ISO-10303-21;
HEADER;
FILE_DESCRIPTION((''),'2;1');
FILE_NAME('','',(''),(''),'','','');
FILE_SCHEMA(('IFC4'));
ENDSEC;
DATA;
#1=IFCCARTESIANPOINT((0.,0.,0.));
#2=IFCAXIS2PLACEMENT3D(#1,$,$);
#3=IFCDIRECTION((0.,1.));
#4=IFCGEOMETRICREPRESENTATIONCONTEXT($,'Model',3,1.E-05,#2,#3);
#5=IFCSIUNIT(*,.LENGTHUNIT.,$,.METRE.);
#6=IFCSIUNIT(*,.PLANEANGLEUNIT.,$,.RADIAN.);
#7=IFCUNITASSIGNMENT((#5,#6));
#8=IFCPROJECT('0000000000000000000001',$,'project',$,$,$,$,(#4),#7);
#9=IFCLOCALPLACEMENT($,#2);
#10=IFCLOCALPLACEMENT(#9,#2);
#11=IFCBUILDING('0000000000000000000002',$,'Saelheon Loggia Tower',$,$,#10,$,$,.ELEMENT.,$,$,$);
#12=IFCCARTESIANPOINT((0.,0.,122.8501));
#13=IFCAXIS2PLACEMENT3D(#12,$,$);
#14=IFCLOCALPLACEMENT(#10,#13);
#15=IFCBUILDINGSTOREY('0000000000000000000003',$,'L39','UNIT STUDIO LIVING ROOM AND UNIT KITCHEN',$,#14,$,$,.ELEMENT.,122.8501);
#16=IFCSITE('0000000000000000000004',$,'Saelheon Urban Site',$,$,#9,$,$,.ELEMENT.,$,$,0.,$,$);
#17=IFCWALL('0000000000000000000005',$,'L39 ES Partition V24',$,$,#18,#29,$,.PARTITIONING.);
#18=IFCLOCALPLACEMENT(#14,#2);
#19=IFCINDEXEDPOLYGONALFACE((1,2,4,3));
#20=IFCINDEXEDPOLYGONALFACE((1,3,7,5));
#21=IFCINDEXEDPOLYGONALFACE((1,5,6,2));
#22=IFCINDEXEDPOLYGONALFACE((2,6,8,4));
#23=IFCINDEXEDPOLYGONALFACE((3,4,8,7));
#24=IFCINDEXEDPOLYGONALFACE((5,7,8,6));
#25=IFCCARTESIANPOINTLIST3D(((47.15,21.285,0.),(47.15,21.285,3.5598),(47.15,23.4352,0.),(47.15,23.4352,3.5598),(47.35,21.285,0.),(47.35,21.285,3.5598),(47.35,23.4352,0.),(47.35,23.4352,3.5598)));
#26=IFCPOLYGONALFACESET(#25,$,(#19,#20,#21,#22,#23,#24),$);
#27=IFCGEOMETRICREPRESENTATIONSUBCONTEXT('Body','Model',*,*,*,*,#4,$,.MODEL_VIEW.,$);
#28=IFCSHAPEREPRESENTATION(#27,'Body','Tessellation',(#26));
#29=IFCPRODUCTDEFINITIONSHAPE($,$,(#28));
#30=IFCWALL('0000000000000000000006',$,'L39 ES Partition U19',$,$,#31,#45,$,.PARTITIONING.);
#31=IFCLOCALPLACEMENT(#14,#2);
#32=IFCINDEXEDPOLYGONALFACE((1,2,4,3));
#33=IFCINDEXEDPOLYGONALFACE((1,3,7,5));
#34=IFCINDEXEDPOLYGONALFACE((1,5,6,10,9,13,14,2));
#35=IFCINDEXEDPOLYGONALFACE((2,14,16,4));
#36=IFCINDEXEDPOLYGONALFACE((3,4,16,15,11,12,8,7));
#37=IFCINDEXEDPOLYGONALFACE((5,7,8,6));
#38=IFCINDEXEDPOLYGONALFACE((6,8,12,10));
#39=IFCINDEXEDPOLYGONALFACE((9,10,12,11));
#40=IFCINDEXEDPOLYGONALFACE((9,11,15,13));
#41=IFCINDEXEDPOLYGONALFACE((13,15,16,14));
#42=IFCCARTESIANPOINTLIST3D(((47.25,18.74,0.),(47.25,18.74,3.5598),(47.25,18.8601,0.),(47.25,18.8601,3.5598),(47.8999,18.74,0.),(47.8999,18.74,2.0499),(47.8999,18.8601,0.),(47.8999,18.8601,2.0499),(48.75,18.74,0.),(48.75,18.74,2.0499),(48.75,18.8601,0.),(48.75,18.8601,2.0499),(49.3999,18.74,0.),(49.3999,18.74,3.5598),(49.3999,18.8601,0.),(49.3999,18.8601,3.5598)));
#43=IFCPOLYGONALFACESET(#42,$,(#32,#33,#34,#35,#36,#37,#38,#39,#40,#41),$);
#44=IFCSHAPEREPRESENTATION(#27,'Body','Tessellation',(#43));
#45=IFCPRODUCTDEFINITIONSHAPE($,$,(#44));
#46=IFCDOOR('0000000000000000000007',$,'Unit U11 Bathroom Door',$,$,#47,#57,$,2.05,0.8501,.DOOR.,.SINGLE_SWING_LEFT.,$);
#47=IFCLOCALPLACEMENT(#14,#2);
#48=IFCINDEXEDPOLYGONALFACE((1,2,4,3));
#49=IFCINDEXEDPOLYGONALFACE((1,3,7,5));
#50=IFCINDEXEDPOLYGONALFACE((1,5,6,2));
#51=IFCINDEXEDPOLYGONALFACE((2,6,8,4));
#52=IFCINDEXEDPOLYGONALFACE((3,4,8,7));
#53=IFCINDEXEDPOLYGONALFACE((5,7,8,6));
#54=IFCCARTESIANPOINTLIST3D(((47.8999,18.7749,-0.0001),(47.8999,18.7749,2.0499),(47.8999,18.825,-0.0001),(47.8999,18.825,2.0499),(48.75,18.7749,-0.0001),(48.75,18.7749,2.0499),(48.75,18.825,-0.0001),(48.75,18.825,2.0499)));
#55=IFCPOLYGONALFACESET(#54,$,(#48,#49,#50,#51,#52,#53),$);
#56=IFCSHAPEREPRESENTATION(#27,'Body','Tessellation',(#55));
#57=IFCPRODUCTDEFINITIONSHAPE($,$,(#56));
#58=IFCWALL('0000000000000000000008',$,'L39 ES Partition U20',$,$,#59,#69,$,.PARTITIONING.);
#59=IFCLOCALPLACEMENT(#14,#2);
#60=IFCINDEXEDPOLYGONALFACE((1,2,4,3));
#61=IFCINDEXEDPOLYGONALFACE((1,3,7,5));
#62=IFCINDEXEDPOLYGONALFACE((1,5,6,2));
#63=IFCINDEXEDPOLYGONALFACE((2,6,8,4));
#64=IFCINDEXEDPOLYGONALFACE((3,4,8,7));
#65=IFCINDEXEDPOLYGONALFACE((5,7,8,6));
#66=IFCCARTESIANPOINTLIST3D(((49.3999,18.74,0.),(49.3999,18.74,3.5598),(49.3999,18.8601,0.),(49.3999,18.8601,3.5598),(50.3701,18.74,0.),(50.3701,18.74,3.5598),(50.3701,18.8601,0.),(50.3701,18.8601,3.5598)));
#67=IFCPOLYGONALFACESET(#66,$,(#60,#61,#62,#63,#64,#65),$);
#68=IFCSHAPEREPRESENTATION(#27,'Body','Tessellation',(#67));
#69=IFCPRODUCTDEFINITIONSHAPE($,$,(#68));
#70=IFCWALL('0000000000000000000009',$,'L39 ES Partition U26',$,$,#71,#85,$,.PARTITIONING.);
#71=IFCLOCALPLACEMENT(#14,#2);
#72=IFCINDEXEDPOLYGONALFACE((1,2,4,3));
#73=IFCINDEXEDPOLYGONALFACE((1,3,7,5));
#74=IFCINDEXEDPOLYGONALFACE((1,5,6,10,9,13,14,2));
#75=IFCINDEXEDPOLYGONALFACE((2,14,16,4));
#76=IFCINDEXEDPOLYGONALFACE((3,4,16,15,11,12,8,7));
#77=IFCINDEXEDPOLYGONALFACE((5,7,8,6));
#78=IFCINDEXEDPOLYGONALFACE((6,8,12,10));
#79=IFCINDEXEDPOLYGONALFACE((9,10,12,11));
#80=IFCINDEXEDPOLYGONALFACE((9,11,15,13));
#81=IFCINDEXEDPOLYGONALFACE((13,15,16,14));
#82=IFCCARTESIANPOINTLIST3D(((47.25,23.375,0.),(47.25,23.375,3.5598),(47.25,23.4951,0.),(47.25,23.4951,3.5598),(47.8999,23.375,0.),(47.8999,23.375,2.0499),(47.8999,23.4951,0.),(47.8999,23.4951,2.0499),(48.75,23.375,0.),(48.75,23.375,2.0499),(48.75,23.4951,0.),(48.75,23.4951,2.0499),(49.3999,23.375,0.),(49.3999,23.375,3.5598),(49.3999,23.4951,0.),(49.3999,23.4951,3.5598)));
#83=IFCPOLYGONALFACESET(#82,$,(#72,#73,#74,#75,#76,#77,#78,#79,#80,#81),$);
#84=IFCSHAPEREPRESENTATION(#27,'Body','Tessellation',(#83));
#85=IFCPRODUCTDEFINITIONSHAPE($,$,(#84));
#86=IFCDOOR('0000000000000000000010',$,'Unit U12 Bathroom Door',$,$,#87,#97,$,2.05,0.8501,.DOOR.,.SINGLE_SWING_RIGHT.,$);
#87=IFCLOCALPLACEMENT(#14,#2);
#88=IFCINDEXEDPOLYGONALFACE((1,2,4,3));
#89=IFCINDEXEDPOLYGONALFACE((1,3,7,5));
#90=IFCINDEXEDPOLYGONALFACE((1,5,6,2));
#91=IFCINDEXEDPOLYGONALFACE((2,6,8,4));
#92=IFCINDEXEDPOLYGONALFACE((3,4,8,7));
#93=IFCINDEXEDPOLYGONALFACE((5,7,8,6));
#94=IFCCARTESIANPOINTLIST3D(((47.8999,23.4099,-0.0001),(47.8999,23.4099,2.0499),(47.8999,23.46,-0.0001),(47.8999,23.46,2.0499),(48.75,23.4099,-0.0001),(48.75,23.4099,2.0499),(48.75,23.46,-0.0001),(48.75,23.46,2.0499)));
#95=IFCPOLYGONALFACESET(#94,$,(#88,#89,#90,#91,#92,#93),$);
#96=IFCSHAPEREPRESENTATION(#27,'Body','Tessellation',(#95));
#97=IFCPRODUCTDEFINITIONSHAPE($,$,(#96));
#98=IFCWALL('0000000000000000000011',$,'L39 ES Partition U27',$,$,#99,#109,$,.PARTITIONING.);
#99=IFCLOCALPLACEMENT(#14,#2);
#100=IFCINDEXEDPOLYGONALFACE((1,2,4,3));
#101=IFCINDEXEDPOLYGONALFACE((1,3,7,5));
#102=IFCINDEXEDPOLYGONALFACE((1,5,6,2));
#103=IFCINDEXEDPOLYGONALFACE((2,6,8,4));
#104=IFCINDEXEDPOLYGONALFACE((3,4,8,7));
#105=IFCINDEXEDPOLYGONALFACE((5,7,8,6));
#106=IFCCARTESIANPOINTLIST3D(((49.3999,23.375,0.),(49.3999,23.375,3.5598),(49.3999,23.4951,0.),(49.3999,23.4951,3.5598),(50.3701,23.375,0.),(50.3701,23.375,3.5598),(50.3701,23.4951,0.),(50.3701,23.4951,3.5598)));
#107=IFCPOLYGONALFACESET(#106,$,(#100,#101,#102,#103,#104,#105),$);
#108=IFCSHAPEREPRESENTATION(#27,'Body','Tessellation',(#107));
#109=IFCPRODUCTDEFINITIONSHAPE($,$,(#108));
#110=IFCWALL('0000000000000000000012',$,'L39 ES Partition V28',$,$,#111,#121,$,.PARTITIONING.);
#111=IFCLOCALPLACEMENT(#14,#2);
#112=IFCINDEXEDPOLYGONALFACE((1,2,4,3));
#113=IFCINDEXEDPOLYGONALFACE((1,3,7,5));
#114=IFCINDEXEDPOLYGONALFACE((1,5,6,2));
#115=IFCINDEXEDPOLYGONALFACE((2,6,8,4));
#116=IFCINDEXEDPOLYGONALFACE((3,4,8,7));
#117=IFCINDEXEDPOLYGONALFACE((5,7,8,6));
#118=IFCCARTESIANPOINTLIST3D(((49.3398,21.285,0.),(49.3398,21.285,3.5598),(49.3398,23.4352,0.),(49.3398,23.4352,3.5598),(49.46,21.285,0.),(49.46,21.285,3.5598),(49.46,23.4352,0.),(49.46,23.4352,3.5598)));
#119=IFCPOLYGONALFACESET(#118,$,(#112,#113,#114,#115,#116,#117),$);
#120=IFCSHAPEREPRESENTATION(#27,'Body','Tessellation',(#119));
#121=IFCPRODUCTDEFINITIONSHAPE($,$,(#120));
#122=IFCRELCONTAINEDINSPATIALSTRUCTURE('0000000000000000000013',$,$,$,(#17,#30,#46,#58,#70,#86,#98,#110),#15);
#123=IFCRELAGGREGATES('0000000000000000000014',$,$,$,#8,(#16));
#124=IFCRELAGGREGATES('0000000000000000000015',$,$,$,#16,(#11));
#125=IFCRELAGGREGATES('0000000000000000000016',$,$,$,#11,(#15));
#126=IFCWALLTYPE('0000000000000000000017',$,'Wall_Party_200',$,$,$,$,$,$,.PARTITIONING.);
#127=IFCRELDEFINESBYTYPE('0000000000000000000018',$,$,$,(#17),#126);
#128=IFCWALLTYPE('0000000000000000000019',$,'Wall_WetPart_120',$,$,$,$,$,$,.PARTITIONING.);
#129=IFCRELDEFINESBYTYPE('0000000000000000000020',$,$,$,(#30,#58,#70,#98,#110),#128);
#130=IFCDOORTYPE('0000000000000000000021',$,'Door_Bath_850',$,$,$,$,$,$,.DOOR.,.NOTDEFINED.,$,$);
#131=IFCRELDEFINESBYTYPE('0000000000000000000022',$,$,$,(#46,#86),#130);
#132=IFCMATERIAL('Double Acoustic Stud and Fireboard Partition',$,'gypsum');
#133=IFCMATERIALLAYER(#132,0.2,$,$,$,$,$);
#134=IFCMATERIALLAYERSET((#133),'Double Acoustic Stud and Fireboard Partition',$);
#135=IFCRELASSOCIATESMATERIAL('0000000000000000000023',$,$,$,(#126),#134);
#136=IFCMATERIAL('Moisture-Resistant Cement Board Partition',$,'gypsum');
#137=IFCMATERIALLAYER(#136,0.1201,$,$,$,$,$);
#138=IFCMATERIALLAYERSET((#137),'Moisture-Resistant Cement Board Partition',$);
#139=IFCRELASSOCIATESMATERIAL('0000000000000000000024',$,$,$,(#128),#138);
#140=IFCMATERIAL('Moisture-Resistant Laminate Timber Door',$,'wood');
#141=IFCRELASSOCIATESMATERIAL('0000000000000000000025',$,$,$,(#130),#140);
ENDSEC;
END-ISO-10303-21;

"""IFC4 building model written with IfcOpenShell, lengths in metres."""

from ifc_helpers import new_model, si_unit, direction, frame, frame_2d, origin, place, context, subcontext, project, spatial, rectangle, extrude, source, transform, mapped, material, layer, layer_set, type_object, element, fill, save


model = new_model("IFC4")

# Units and contexts
model_context = context("Model", 3, precision=1e-05, world=origin(), true_north=direction((0.0, 1.0)))
body_context = subcontext(model_context, "Body", "Model", "MODEL_VIEW")
ifc_project = project(units=[si_unit("LENGTHUNIT", "METRE"), si_unit("PLANEANGLEUNIT", "RADIAN")], contexts=[model_context])

# Site, building, storey
site_placement = place(None, origin())
site = spatial("IfcSite", under=ifc_project, at=site_placement, Name="Saelheon Urban Site", CompositionType="ELEMENT", RefElevation=0.0)
building_placement = place(site_placement, origin())
building = spatial("IfcBuilding", under=site, at=building_placement, Name="Saelheon Loggia Tower", CompositionType="ELEMENT")
storey_placement = place(building_placement, frame((0.0, 0.0, 122.8501)))
storey = spatial("IfcBuildingStorey", under=building, at=storey_placement, Name="L39", Description="UNIT STUDIO LIVING ROOM AND UNIT KITCHEN", CompositionType="ELEMENT", Elevation=122.8501)

# Shared definitions
ifc_material_1 = material(Name="Double Acoustic Stud and Fireboard Partition", Category="gypsum")
ifc_layer_1 = layer(ifc_material_1, 0.2)
ifc_layer_set_1 = layer_set([ifc_layer_1], Name="Double Acoustic Stud and Fireboard Partition")
wall_type_1 = type_object("IfcWallType", Name="Wall_Party_200", PredefinedType="PARTITIONING", material=ifc_layer_set_1)

# Wall
wall_1_placement = place(storey_placement, frame((47.25, 21.2849, 0.0), z_axis=(0.0, 0.0, 1.0), x_axis=(0.0, 1.0, 0.0)))
element("IfcWall", 1, at=wall_1_placement, inside=storey, type_object=wall_type_1, Name="L39 ES Partition V24", PredefinedType="PARTITIONING", context=body_context, shape_type="SweptSolid", body=[
    extrude(rectangle(XDim=2.1501, YDim=0.2, at=frame_2d((1.0752, 0.0))), origin(), (0.0, 0.0, 1.0), 3.5598),
])

# Wall, opening, door
ifc_material_2 = material(Name="Moisture-Resistant Cement Board Partition", Category="gypsum")
ifc_layer_2 = layer(ifc_material_2, 0.1201)
ifc_layer_set_2 = layer_set([ifc_layer_2], Name="Moisture-Resistant Cement Board Partition")
wall_type_2 = type_object("IfcWallType", Name="Wall_WetPart_120", PredefinedType="PARTITIONING", material=ifc_layer_set_2)
wall_2_placement = place(storey_placement, frame((47.25, 18.8, 0.0), z_axis=(0.0, 0.0, 1.0), x_axis=(1.0, 0.0, 0.0)))
wall_2 = element("IfcWall", 2, at=wall_2_placement, inside=storey, type_object=wall_type_2, Name="L39 ES Partition U19", PredefinedType="PARTITIONING", context=body_context, shape_type="SweptSolid", body=[
    extrude(rectangle(XDim=2.1499, YDim=0.1201, at=frame_2d((1.075, 0.0))), origin(), (0.0, 0.0, 1.0), 3.5598),
])
opening_1_placement = place(wall_2_placement, frame((0.6499, 0.0, 0.0)))
opening_1 = element("IfcOpeningElement", 3, at=opening_1_placement, cuts=wall_2, PredefinedType="OPENING", context=body_context, shape_type="SweptSolid", body=[
    extrude(rectangle(XDim=0.8501, YDim=2.05, at=frame_2d((0.425, 1.0249))), frame((0.0, 0.072, 0.0), z_axis=(0.0, -1.0, 0.0), x_axis=(1.0, 0.0, 0.0)), (0.0, 0.0, 1.0), 0.144),
])
ifc_material_3 = material(Name="Moisture-Resistant Laminate Timber Door", Category="wood")
door_type_1 = type_object("IfcDoorType", Name="Door_Bath_850", OperationType="NOTDEFINED", PredefinedType="DOOR", material=ifc_material_3)
shared_shape_1 = source(origin(), body_context, "Body", "SweptSolid", [
    extrude(rectangle(XDim=0.8501, YDim=2.05, at=frame_2d((0.425, 1.0249))), frame((0.0, 0.0249, 0.0), z_axis=(0.0, -1.0, 0.0), x_axis=(1.0, 0.0, 0.0)), (0.0, 0.0, 1.0), 0.05),
])
door_1_placement = place(opening_1_placement, origin())
door_1 = element("IfcDoor", 4, at=door_1_placement, inside=storey, type_object=door_type_1, Name="Unit U11 Bathroom Door", OperationType="SINGLE_SWING_LEFT", OverallHeight=2.05, OverallWidth=0.8501, PredefinedType="DOOR", context=body_context, shape_type="MappedRepresentation", body=[
    mapped(shared_shape_1, transform((0.0, 0.0, 0.0), scale=1.0)),
])
fill(opening_1, door_1)

# Wall
wall_3_placement = place(storey_placement, frame((49.3999, 18.8, 0.0), z_axis=(0.0, 0.0, 1.0), x_axis=(1.0, 0.0, 0.0)))
element("IfcWall", 5, at=wall_3_placement, inside=storey, type_object=wall_type_2, Name="L39 ES Partition U20", PredefinedType="PARTITIONING", context=body_context, shape_type="SweptSolid", body=[
    extrude(rectangle(XDim=0.9702, YDim=0.1201, at=frame_2d((0.4851, 0.0))), origin(), (0.0, 0.0, 1.0), 3.5598),
])

# Wall, opening, door
wall_4_placement = place(storey_placement, frame((47.25, 23.4351, 0.0), z_axis=(0.0, 0.0, 1.0), x_axis=(1.0, 0.0, 0.0)))
wall_4 = element("IfcWall", 6, at=wall_4_placement, inside=storey, type_object=wall_type_2, Name="L39 ES Partition U26", PredefinedType="PARTITIONING", context=body_context, shape_type="SweptSolid", body=[
    extrude(rectangle(XDim=2.1499, YDim=0.1201, at=frame_2d((1.075, 0.0))), origin(), (0.0, 0.0, 1.0), 3.5598),
])
opening_2_placement = place(wall_4_placement, frame((0.6499, 0.0, 0.0)))
opening_2 = element("IfcOpeningElement", 7, at=opening_2_placement, cuts=wall_4, PredefinedType="OPENING", context=body_context, shape_type="SweptSolid", body=[
    extrude(rectangle(XDim=0.8501, YDim=2.05, at=frame_2d((0.425, 1.0249))), frame((0.0, 0.072, 0.0), z_axis=(0.0, -1.0, 0.0), x_axis=(1.0, 0.0, 0.0)), (0.0, 0.0, 1.0), 0.144),
])
door_2_placement = place(opening_2_placement, origin())
door_2 = element("IfcDoor", 8, at=door_2_placement, inside=storey, type_object=door_type_1, Name="Unit U12 Bathroom Door", OperationType="SINGLE_SWING_RIGHT", OverallHeight=2.05, OverallWidth=0.8501, PredefinedType="DOOR", context=body_context, shape_type="MappedRepresentation", body=[
    mapped(shared_shape_1, transform((0.0, 0.0, 0.0), scale=1.0)),
])
fill(opening_2, door_2)

# Walls
wall_5_placement = place(storey_placement, frame((49.3999, 23.4351, 0.0), z_axis=(0.0, 0.0, 1.0), x_axis=(1.0, 0.0, 0.0)))
element("IfcWall", 9, at=wall_5_placement, inside=storey, type_object=wall_type_2, Name="L39 ES Partition U27", PredefinedType="PARTITIONING", context=body_context, shape_type="SweptSolid", body=[
    extrude(rectangle(XDim=0.9702, YDim=0.1201, at=frame_2d((0.4851, 0.0))), origin(), (0.0, 0.0, 1.0), 3.5598),
])
wall_6_placement = place(storey_placement, frame((49.3999, 21.2849, 0.0), z_axis=(0.0, 0.0, 1.0), x_axis=(0.0, 1.0, 0.0)))
element("IfcWall", 10, at=wall_6_placement, inside=storey, type_object=wall_type_2, Name="L39 ES Partition V28", PredefinedType="PARTITIONING", context=body_context, shape_type="SweptSolid", body=[
    extrude(rectangle(XDim=2.1501, YDim=0.1201, at=frame_2d((1.0752, 0.0))), origin(), (0.0, 0.0, 1.0), 3.5598),
])

save(model, "model.ifc")
